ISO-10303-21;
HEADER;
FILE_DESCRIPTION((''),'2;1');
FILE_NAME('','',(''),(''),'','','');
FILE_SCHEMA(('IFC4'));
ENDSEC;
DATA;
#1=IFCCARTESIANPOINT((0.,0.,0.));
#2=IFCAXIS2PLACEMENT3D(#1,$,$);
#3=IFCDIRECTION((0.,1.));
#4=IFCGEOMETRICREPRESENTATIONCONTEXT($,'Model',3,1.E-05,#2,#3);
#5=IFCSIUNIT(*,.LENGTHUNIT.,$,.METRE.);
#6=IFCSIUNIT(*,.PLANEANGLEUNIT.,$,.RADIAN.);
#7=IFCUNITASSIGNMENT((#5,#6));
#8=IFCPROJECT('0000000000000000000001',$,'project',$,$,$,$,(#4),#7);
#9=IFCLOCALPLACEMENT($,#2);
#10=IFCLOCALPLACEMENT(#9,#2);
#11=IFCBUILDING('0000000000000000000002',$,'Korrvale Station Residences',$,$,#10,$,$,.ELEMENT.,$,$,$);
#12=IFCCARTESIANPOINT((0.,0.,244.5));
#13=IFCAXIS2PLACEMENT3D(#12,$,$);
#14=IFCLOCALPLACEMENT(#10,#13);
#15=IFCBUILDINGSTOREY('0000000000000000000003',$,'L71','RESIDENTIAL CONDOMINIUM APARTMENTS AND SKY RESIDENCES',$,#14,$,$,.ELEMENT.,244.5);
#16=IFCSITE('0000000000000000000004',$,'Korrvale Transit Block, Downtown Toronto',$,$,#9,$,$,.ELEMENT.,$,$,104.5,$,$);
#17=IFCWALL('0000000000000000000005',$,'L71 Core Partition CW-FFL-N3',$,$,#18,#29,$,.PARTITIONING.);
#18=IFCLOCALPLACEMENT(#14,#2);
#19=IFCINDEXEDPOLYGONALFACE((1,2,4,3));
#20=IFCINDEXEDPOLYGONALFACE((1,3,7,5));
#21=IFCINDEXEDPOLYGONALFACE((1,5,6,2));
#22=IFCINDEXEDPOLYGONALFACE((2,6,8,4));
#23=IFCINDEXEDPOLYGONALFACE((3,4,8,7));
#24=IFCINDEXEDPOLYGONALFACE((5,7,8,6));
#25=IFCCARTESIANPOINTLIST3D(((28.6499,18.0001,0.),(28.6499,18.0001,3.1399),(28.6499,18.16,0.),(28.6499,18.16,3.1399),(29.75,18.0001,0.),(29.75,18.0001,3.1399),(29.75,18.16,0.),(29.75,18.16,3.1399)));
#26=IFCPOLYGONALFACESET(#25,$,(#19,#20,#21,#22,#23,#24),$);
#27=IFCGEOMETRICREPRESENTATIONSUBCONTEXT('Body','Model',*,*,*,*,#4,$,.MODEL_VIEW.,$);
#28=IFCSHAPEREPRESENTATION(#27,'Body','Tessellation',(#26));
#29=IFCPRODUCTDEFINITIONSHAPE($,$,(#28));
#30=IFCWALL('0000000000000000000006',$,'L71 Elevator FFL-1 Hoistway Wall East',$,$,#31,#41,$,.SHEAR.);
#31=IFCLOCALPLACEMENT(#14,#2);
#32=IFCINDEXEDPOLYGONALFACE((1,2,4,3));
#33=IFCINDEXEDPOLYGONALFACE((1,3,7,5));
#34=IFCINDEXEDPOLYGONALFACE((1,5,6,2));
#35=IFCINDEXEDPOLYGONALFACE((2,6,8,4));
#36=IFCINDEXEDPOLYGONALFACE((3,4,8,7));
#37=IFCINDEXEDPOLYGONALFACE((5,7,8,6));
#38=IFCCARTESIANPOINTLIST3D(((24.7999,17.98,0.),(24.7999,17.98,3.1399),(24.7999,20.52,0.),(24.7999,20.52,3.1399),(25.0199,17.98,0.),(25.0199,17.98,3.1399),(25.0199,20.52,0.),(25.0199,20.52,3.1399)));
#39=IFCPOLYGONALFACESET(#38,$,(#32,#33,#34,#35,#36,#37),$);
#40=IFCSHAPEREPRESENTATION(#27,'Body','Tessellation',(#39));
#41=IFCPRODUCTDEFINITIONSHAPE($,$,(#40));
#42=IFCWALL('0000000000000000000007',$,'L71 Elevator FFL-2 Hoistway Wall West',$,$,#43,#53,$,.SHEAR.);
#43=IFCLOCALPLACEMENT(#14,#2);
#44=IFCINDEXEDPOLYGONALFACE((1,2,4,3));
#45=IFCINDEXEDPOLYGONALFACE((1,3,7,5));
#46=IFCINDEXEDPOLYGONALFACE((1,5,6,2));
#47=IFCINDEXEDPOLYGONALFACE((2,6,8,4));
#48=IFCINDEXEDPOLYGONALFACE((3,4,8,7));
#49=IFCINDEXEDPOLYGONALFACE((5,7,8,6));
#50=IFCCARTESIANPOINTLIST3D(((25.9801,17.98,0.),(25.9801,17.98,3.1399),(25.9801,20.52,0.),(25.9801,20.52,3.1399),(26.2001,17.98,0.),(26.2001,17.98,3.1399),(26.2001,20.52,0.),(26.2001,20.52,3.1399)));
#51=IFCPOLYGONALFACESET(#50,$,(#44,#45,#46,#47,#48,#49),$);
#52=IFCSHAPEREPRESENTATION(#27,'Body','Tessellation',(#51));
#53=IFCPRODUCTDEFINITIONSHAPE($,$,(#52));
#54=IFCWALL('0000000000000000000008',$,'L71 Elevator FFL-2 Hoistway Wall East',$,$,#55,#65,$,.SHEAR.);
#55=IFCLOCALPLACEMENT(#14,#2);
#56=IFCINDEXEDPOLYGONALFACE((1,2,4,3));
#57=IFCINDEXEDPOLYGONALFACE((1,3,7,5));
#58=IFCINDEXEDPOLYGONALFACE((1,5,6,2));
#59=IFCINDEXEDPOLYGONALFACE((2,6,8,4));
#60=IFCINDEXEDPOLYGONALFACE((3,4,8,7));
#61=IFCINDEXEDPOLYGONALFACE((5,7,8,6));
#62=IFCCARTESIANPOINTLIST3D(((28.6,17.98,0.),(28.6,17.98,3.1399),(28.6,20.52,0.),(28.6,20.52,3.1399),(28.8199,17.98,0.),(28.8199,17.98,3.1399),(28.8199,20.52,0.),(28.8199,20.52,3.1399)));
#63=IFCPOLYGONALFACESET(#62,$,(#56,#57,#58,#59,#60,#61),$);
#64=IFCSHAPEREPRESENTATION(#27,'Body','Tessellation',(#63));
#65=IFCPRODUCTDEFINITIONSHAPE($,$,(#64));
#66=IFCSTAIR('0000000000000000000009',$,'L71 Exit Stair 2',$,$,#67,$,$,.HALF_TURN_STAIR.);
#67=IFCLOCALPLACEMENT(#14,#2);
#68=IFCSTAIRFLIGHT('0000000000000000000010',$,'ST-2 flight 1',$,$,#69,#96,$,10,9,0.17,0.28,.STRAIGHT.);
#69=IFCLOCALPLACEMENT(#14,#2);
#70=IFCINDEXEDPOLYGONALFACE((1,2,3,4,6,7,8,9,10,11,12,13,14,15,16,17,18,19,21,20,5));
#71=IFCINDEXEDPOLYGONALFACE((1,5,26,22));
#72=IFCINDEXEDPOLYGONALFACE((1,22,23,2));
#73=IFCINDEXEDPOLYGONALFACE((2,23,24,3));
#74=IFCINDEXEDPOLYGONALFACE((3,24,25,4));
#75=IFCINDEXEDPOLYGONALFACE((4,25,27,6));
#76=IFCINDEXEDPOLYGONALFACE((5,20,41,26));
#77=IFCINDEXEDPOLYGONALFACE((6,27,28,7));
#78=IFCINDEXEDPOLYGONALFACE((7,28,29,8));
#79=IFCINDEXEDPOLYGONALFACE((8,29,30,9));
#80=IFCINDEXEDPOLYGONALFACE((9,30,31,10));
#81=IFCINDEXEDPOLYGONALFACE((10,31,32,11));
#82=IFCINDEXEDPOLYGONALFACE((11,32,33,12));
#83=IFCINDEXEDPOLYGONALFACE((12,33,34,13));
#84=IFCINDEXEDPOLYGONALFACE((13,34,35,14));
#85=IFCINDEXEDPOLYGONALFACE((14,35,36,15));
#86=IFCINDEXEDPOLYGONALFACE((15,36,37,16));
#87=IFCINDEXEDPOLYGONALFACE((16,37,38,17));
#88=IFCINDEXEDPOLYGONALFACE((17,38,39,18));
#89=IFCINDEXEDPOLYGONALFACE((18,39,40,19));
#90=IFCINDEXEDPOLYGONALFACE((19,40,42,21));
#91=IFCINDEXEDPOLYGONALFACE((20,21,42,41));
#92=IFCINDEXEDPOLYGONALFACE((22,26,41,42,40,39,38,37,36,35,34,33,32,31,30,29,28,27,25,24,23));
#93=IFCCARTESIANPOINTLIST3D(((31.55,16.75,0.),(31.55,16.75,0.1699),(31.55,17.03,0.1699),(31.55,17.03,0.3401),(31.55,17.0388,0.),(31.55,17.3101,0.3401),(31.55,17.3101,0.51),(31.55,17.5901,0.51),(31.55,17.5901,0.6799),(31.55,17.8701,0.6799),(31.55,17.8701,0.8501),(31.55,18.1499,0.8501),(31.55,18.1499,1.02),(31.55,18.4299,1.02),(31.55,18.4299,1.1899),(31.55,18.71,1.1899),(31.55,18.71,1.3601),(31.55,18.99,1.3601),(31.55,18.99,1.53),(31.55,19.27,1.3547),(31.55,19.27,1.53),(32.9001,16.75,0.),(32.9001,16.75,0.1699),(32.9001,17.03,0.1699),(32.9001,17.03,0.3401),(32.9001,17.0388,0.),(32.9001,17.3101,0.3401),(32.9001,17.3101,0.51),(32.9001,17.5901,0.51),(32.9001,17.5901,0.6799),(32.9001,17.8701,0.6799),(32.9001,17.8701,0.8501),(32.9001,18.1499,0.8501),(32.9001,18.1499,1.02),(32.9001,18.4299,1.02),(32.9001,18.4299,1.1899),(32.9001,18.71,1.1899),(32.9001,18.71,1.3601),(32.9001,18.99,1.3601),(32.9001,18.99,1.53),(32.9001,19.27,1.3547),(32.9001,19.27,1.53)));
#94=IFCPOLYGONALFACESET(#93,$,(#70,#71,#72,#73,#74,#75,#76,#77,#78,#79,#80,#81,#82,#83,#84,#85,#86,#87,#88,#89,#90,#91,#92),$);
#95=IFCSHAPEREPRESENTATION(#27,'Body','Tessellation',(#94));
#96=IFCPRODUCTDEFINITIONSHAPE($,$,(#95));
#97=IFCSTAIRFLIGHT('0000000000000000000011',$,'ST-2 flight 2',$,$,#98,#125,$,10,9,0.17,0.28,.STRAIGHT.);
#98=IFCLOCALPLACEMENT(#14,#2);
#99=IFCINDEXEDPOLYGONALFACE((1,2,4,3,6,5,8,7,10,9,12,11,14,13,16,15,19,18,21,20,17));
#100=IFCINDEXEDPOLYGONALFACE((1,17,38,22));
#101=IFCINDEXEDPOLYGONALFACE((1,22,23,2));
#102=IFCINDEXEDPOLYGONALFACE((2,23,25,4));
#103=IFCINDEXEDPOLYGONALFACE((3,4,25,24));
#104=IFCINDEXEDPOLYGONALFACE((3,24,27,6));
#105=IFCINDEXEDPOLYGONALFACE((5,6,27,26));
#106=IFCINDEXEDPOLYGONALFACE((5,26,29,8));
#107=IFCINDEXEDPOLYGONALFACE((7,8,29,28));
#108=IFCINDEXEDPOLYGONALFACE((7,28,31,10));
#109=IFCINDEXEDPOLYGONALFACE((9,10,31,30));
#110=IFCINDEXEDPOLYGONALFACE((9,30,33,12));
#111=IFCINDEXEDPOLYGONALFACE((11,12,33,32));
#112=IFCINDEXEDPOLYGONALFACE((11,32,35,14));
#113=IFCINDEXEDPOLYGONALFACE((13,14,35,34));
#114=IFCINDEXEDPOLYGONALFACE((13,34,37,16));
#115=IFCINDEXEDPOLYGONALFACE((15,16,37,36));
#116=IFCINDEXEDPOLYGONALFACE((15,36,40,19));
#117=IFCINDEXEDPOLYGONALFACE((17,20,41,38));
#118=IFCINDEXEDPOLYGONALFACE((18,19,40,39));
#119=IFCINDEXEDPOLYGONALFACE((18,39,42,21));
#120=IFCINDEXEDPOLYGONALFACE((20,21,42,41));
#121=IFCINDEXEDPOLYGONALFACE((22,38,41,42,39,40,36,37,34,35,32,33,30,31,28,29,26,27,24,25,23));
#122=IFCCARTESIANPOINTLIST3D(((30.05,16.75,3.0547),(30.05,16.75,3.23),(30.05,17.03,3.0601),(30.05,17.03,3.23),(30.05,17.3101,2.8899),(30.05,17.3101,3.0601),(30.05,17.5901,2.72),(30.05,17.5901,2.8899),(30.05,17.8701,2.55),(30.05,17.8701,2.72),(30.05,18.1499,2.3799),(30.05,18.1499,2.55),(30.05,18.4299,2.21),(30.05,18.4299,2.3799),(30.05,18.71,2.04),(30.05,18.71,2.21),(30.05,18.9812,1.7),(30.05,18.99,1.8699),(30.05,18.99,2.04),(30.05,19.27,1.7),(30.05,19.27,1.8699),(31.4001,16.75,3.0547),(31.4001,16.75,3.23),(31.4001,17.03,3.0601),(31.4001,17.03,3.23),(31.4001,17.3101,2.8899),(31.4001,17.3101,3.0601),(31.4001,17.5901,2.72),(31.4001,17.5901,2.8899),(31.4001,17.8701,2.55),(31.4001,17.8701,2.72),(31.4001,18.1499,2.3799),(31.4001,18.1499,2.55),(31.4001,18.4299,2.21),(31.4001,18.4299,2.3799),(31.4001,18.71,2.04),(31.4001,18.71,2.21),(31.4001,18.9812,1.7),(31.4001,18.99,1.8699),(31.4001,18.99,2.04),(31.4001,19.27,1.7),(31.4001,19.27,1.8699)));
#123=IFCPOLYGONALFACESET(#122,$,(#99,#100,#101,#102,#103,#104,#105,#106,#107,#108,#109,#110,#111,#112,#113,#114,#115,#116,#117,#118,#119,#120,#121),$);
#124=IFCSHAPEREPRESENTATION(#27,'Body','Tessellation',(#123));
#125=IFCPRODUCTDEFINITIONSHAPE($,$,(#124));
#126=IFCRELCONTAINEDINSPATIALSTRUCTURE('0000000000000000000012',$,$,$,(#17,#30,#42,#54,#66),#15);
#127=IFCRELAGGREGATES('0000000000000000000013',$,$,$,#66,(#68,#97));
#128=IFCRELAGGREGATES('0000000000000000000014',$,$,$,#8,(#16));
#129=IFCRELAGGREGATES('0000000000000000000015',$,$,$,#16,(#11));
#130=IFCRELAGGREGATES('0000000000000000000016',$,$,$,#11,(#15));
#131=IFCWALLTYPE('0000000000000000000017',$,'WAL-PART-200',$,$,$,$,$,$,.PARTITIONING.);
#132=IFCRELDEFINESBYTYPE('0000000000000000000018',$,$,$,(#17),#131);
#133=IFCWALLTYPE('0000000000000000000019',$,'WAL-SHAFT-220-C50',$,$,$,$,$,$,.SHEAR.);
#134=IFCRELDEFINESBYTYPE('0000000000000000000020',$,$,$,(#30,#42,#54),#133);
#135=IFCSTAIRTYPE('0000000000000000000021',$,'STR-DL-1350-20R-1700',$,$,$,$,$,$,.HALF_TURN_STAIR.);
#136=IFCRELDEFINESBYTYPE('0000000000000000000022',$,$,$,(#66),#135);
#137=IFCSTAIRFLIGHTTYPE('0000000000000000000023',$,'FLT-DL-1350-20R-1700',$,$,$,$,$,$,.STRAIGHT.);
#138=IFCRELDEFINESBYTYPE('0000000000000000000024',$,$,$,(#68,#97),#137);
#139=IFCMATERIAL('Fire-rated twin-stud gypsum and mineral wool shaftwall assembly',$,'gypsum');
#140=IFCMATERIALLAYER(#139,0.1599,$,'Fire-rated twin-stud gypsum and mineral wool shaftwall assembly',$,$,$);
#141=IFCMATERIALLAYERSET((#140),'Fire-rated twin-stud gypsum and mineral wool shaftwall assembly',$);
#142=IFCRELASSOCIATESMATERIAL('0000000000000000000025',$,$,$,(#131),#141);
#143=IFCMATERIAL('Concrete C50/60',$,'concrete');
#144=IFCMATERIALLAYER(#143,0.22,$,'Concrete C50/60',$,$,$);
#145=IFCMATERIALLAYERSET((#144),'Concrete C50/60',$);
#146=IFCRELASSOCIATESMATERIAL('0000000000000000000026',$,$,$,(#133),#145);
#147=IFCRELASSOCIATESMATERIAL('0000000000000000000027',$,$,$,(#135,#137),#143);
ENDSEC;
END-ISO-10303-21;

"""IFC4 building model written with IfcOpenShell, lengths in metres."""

from ifc_helpers import new_model, si_unit, direction, frame, frame_2d, origin, place, context, subcontext, project, spatial, polyline, rectangle, outline, extrude, material, layer, layer_set, type_object, element, aggregate, save


model = new_model("IFC4")

# Units and contexts
model_context = context("Model", 3, precision=1e-05, world=origin(), true_north=direction((0.0, 1.0)))
body_context = subcontext(model_context, "Body", "Model", "MODEL_VIEW")
ifc_project = project(units=[si_unit("LENGTHUNIT", "METRE"), si_unit("PLANEANGLEUNIT", "RADIAN")], contexts=[model_context])

# Site, building, storey
site_placement = place(None, origin())
site = spatial("IfcSite", under=ifc_project, at=site_placement, Name="Korrvale Transit Block, Downtown Toronto", CompositionType="ELEMENT", RefElevation=104.5)
building_placement = place(site_placement, origin())
building = spatial("IfcBuilding", under=site, at=building_placement, Name="Korrvale Station Residences", CompositionType="ELEMENT")
storey_placement = place(building_placement, frame((0.0, 0.0, 244.5)))
storey = spatial("IfcBuildingStorey", under=building, at=storey_placement, Name="L71", Description="RESIDENTIAL CONDOMINIUM APARTMENTS AND SKY RESIDENCES", CompositionType="ELEMENT", Elevation=244.5)

# Shared definitions
ifc_material_1 = material(Name="Concrete C50/60", Category="concrete")

# Walls
ifc_material_2 = material(Name="Fire-rated twin-stud gypsum and mineral wool shaftwall assembly", Category="gypsum")
ifc_layer_1 = layer(ifc_material_2, 0.1599, Name="Fire-rated twin-stud gypsum and mineral wool shaftwall assembly")
ifc_layer_set_1 = layer_set([ifc_layer_1], Name="Fire-rated twin-stud gypsum and mineral wool shaftwall assembly")
wall_type_1 = type_object("IfcWallType", Name="WAL-PART-200", PredefinedType="PARTITIONING", material=ifc_layer_set_1)
wall_1_placement = place(storey_placement, frame((28.6499, 18.0801, 0.0), z_axis=(0.0, 0.0, 1.0), x_axis=(1.0, 0.0, 0.0)))
element("IfcWall", 1, at=wall_1_placement, inside=storey, type_object=wall_type_1, Name="L71 Core Partition CW-FFL-N3", PredefinedType="PARTITIONING", context=body_context, shape_type="SweptSolid", body=[
    extrude(rectangle(XDim=1.1001, YDim=0.1599, at=frame_2d((0.55, 0.0))), origin(), (0.0, 0.0, 1.0), 3.1399),
])
ifc_layer_2 = layer(ifc_material_1, 0.22, Name="Concrete C50/60")
ifc_layer_set_2 = layer_set([ifc_layer_2], Name="Concrete C50/60")
wall_type_2 = type_object("IfcWallType", Name="WAL-SHAFT-220-C50", PredefinedType="SHEAR", material=ifc_layer_set_2)
wall_2_placement = place(storey_placement, frame((24.9099, 17.98, 0.0), z_axis=(0.0, 0.0, 1.0), x_axis=(0.0, 1.0, 0.0)))
element("IfcWall", 2, at=wall_2_placement, inside=storey, type_object=wall_type_2, Name="L71 Elevator FFL-1 Hoistway Wall East", PredefinedType="SHEAR", context=body_context, shape_type="SweptSolid", body=[
    extrude(rectangle(XDim=2.54, YDim=0.22, at=frame_2d((1.27, 0.0))), origin(), (0.0, 0.0, 1.0), 3.1399),
])

# Walls
for number, where, z_axis, x_axis, name in (
    (3, (26.0901, 17.98, 0.0), (0.0, 0.0, 1.0), (0.0, 1.0, 0.0), "L71 Elevator FFL-2 Hoistway Wall West"),
    (4, (28.71, 17.98, 0.0), (0.0, 0.0, 1.0), (0.0, 1.0, 0.0), "L71 Elevator FFL-2 Hoistway Wall East"),
):
    element("IfcWall", number, at=place(storey_placement, frame(where, z_axis=z_axis, x_axis=x_axis)), inside=storey, type_object=wall_type_2, Name=name, PredefinedType="SHEAR", context=body_context, shape_type="SweptSolid", body=[
        extrude(rectangle(XDim=2.54, YDim=0.22, at=frame_2d((1.27, 0.0))), origin(), (0.0, 0.0, 1.0), 3.1399),
    ])

# Stair, stair flights
stair_type = type_object("IfcStairType", Name="STR-DL-1350-20R-1700", PredefinedType="HALF_TURN_STAIR", material=ifc_material_1)
stair_placement = place(storey_placement, origin())
stair = element("IfcStair", 5, at=stair_placement, inside=storey, type_object=stair_type, Name="L71 Exit Stair 2", PredefinedType="HALF_TURN_STAIR")
stair_flight_type = type_object("IfcStairFlightType", Name="FLT-DL-1350-20R-1700", PredefinedType="STRAIGHT", material=ifc_material_1)
stair_flight_1_placement = place(storey_placement, frame((32.2251, 16.75, 0.0), z_axis=(0.0, 0.0, 1.0), x_axis=(0.0, 1.0, 0.0)))
stair_flight_1 = element("IfcStairFlight", 6, at=stair_flight_1_placement, type_object=stair_flight_type, Name="ST-2 flight 1", NumberOfRisers=10, NumberOfTreads=9, PredefinedType="STRAIGHT", RiserHeight=0.17, TreadLength=0.28, context=body_context, shape_type="SweptSolid", body=[
    extrude(outline(polyline([(0.0, 0.0), (0.0, 0.1699), (0.28, 0.1699), (0.28, 0.3401), (0.5601, 0.3401), (0.5601, 0.51), (0.8401, 0.51), (0.8401, 0.6799), (1.1201, 0.6799), (1.1201, 0.8501), (1.3999, 0.8501), (1.3999, 1.02), (1.6799, 1.02), (1.6799, 1.1899), (1.96, 1.1899), (1.96, 1.3601), (2.24, 1.3601), (2.24, 1.53), (2.52, 1.53), (2.52, 1.7), (2.52, 1.3547), (0.2888, 0.0), (0.0, 0.0)])), frame((0.0, 0.675, 0.0), z_axis=(0.0, -1.0, 0.0), x_axis=(1.0, 0.0, 0.0)), (0.0, 0.0, 1.0), 1.3501),
])
stair_flight_2_placement = place(storey_placement, frame((30.7251, 19.27, 1.7), z_axis=(0.0, 0.0, 1.0), x_axis=(0.0, -1.0, 0.0)))
stair_flight_2 = element("IfcStairFlight", 7, at=stair_flight_2_placement, type_object=stair_flight_type, Name="ST-2 flight 2", NumberOfRisers=10, NumberOfTreads=9, PredefinedType="STRAIGHT", RiserHeight=0.17, TreadLength=0.28, context=body_context, shape_type="SweptSolid", body=[
    extrude(outline(polyline([(0.0, 0.0), (0.0, 0.1699), (0.28, 0.1699), (0.28, 0.3401), (0.5601, 0.3401), (0.5601, 0.51), (0.8401, 0.51), (0.8401, 0.6799), (1.1201, 0.6799), (1.1201, 0.8501), (1.3999, 0.8501), (1.3999, 1.02), (1.6799, 1.02), (1.6799, 1.1899), (1.96, 1.1899), (1.96, 1.3601), (2.24, 1.3601), (2.24, 1.53), (2.52, 1.53), (2.52, 1.7), (2.52, 1.3547), (0.2888, 0.0), (0.0, 0.0)])), frame((0.0, 0.675, 0.0), z_axis=(0.0, -1.0, 0.0), x_axis=(1.0, 0.0, 0.0)), (0.0, 0.0, 1.0), 1.3501),
])
aggregate(stair, [stair_flight_1, stair_flight_2])

save(model, "model.ifc")
